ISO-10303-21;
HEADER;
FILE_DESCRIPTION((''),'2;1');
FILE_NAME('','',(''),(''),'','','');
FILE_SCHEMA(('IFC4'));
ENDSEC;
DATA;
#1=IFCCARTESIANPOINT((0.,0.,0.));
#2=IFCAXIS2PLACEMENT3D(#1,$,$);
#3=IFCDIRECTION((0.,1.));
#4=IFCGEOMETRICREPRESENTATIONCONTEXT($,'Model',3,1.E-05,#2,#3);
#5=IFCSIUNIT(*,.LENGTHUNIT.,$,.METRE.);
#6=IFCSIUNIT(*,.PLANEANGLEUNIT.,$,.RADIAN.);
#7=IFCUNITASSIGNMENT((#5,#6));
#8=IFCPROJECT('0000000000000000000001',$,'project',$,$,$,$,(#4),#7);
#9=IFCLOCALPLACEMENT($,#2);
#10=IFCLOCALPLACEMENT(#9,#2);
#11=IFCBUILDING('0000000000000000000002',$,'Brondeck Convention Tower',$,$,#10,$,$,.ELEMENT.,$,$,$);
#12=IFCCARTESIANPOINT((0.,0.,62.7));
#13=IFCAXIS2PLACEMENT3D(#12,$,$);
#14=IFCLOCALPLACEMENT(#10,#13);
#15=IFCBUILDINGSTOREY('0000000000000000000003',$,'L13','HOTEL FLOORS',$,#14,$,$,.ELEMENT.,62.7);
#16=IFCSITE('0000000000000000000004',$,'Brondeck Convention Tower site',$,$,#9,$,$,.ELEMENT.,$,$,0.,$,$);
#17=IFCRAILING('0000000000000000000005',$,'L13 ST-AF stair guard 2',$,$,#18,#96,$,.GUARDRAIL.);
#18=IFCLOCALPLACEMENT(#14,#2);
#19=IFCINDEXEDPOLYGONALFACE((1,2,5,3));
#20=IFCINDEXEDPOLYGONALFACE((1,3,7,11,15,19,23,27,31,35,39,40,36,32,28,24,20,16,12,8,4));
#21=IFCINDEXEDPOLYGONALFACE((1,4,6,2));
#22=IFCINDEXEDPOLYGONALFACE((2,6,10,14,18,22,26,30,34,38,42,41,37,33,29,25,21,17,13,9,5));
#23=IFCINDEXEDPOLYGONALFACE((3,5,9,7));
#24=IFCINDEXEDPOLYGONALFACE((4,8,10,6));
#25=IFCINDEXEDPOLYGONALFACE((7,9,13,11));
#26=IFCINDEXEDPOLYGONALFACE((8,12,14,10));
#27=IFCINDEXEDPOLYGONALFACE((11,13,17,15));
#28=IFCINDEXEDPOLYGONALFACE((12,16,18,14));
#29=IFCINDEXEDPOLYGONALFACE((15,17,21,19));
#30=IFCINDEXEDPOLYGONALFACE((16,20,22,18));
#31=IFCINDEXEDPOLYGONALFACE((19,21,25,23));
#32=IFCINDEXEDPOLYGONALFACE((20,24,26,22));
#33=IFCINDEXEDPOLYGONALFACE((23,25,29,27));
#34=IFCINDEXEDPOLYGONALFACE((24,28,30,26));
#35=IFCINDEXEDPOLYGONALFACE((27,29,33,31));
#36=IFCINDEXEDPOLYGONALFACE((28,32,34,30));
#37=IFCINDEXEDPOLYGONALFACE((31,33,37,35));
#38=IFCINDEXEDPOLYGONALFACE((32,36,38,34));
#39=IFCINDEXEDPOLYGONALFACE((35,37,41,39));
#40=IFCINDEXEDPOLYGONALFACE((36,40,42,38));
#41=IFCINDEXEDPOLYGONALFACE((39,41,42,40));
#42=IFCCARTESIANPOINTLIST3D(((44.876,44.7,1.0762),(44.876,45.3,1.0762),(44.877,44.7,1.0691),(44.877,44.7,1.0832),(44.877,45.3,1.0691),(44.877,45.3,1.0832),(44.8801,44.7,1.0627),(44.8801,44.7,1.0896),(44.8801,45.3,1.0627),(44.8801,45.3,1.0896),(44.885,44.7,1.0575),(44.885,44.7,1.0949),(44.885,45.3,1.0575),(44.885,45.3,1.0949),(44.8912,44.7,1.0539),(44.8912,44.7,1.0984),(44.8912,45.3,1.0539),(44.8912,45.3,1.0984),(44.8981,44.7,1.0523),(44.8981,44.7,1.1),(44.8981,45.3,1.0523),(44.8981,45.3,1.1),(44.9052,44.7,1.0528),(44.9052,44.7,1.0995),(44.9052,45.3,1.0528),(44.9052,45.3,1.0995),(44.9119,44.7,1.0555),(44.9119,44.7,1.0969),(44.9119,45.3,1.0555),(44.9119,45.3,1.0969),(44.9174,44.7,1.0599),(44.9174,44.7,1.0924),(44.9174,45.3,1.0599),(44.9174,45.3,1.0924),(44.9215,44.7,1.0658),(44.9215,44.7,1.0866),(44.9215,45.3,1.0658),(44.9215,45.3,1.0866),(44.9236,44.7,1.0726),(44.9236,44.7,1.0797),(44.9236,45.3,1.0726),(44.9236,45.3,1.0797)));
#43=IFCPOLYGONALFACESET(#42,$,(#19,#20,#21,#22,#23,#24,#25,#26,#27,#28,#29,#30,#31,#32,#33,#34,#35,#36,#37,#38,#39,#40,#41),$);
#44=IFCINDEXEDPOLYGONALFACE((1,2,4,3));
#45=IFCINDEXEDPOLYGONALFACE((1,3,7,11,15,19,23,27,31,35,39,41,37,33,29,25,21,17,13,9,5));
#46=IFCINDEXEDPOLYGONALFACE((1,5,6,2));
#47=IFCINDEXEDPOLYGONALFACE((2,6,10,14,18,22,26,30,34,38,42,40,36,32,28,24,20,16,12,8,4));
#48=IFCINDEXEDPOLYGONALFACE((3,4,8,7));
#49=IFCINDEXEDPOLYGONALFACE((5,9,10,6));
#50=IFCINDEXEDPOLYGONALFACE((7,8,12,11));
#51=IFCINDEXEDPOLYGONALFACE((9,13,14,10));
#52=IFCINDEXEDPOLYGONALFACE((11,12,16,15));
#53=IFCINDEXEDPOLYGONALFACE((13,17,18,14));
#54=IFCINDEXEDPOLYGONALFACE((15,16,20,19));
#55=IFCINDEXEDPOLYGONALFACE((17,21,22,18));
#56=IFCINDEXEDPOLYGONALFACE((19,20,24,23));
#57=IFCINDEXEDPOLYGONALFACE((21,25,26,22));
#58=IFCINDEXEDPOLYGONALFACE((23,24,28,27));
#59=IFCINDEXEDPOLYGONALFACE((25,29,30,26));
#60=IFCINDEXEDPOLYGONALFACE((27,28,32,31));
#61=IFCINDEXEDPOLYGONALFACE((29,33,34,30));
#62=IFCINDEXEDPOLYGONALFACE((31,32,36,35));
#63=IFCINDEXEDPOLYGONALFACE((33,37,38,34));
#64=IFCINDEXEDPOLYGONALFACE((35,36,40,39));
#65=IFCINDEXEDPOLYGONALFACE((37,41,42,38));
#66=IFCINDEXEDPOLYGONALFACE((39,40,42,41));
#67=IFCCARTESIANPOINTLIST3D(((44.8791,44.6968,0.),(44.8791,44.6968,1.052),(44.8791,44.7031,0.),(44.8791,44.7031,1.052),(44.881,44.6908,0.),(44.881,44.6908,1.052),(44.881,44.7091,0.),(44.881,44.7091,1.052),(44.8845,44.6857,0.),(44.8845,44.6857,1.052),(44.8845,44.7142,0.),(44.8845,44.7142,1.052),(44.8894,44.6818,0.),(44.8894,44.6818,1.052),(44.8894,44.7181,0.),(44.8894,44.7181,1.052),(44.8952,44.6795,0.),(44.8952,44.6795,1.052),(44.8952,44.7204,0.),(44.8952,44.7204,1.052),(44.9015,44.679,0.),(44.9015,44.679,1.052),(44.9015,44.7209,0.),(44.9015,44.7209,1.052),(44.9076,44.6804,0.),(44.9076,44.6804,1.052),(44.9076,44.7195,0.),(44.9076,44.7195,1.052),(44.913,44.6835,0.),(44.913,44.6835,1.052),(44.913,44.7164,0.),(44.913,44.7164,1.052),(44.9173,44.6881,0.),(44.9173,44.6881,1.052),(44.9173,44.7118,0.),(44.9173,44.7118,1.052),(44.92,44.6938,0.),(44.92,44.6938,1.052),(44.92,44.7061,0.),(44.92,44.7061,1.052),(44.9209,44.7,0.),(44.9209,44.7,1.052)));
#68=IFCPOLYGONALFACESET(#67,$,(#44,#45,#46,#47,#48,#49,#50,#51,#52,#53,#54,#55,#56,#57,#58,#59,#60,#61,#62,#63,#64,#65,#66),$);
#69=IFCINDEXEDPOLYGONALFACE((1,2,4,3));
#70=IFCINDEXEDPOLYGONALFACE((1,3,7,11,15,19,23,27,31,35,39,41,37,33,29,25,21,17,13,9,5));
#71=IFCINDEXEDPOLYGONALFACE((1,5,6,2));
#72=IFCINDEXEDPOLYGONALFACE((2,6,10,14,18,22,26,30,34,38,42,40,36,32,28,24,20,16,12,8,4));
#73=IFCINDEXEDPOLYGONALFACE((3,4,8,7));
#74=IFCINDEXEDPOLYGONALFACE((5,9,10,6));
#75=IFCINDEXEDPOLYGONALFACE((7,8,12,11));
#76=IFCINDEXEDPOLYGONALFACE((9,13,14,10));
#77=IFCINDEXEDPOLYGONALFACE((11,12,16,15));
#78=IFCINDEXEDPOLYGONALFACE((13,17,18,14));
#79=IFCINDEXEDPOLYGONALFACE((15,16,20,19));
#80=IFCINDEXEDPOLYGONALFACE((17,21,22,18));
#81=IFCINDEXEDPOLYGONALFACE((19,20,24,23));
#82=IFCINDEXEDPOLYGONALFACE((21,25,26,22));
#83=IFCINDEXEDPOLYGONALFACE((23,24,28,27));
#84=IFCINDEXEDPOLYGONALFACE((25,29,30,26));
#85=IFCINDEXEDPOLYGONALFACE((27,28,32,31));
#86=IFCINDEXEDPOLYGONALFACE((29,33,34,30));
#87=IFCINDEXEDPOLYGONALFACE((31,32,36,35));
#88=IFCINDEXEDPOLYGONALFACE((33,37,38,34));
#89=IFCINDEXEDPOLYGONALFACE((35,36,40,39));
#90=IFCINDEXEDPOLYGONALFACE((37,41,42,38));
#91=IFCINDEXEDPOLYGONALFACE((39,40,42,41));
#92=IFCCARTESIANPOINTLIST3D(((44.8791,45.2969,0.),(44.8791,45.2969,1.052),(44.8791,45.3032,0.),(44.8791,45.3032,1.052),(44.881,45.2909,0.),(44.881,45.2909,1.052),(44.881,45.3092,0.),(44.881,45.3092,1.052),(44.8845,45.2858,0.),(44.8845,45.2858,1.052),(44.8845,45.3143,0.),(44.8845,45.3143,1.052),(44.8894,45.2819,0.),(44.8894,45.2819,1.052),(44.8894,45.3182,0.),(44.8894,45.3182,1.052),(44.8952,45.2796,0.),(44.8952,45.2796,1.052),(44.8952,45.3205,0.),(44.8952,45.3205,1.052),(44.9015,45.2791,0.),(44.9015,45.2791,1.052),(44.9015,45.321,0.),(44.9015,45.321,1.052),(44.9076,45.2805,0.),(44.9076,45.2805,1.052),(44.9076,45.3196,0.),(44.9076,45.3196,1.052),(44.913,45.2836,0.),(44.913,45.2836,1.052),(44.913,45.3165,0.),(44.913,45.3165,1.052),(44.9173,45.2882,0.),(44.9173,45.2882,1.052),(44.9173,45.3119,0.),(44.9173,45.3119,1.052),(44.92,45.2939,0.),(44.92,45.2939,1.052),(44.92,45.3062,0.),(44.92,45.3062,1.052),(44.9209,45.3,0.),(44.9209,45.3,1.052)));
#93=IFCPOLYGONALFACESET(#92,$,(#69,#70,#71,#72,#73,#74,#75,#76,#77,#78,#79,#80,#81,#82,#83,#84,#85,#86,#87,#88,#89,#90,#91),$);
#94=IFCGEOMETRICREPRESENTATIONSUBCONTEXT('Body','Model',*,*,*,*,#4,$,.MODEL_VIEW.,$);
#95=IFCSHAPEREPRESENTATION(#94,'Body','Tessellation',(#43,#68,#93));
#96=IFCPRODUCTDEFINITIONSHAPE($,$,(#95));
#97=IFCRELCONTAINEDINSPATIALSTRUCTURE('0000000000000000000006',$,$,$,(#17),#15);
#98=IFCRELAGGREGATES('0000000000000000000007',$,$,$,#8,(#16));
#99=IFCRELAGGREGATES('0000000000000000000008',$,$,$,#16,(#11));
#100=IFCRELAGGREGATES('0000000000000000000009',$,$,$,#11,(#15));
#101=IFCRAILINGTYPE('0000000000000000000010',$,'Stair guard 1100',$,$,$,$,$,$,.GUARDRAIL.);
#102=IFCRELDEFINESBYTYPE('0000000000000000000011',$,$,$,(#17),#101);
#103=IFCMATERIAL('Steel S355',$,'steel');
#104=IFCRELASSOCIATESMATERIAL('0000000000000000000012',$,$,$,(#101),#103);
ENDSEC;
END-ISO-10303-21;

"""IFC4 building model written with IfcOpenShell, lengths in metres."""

from ifc_helpers import new_model, si_unit, direction, frame, origin, origin_2d, place, context, subcontext, project, spatial, circle, extrude, material, type_object, element, save


model = new_model("IFC4")

# Units and contexts
model_context = context("Model", 3, precision=1e-05, world=origin(), true_north=direction((0.0, 1.0)))
body_context = subcontext(model_context, "Body", "Model", "MODEL_VIEW")
ifc_project = project(units=[si_unit("LENGTHUNIT", "METRE"), si_unit("PLANEANGLEUNIT", "RADIAN")], contexts=[model_context])

# Site, building, storey
site_placement = place(None, origin())
site = spatial("IfcSite", under=ifc_project, at=site_placement, Name="Brondeck Convention Tower site", CompositionType="ELEMENT", RefElevation=0.0)
building_placement = place(site_placement, origin())
building = spatial("IfcBuilding", under=site, at=building_placement, Name="Brondeck Convention Tower", CompositionType="ELEMENT")
storey_placement = place(building_placement, frame((0.0, 0.0, 62.7)))
storey = spatial("IfcBuildingStorey", under=building, at=storey_placement, Name="L13", Description="HOTEL FLOORS", CompositionType="ELEMENT", Elevation=62.7)

# Shared definitions
ifc_material_1 = material(Name="Steel S355", Category="steel")

# Railing
railing_type_1 = type_object("IfcRailingType", Name="Stair guard 1100", PredefinedType="GUARDRAIL", material=ifc_material_1)
railing_1_placement = place(storey_placement, frame((44.8999, 44.7, 0.0)))
element("IfcRailing", 1, at=railing_1_placement, inside=storey, type_object=railing_type_1, Name="L13 ST-AF stair guard 2", PredefinedType="GUARDRAIL", context=body_context, shape_type="SweptSolid", body=[
    extrude(circle(Radius=0.0239, at=origin_2d()), frame((0.0, 0.0, 1.0762), z_axis=(0.0, 1.0, 0.0), x_axis=(-1.0, 0.0, 0.0)), (0.0, 0.0, 1.0), 0.6001),
    extrude(circle(Radius=0.021, at=origin_2d()), origin(), (0.0, 0.0, 1.0), 1.052),
    extrude(circle(Radius=0.021, at=origin_2d()), frame((0.0, 0.6001, 0.0)), (0.0, 0.0, 1.0), 1.052),
])

save(model, "model.ifc")
